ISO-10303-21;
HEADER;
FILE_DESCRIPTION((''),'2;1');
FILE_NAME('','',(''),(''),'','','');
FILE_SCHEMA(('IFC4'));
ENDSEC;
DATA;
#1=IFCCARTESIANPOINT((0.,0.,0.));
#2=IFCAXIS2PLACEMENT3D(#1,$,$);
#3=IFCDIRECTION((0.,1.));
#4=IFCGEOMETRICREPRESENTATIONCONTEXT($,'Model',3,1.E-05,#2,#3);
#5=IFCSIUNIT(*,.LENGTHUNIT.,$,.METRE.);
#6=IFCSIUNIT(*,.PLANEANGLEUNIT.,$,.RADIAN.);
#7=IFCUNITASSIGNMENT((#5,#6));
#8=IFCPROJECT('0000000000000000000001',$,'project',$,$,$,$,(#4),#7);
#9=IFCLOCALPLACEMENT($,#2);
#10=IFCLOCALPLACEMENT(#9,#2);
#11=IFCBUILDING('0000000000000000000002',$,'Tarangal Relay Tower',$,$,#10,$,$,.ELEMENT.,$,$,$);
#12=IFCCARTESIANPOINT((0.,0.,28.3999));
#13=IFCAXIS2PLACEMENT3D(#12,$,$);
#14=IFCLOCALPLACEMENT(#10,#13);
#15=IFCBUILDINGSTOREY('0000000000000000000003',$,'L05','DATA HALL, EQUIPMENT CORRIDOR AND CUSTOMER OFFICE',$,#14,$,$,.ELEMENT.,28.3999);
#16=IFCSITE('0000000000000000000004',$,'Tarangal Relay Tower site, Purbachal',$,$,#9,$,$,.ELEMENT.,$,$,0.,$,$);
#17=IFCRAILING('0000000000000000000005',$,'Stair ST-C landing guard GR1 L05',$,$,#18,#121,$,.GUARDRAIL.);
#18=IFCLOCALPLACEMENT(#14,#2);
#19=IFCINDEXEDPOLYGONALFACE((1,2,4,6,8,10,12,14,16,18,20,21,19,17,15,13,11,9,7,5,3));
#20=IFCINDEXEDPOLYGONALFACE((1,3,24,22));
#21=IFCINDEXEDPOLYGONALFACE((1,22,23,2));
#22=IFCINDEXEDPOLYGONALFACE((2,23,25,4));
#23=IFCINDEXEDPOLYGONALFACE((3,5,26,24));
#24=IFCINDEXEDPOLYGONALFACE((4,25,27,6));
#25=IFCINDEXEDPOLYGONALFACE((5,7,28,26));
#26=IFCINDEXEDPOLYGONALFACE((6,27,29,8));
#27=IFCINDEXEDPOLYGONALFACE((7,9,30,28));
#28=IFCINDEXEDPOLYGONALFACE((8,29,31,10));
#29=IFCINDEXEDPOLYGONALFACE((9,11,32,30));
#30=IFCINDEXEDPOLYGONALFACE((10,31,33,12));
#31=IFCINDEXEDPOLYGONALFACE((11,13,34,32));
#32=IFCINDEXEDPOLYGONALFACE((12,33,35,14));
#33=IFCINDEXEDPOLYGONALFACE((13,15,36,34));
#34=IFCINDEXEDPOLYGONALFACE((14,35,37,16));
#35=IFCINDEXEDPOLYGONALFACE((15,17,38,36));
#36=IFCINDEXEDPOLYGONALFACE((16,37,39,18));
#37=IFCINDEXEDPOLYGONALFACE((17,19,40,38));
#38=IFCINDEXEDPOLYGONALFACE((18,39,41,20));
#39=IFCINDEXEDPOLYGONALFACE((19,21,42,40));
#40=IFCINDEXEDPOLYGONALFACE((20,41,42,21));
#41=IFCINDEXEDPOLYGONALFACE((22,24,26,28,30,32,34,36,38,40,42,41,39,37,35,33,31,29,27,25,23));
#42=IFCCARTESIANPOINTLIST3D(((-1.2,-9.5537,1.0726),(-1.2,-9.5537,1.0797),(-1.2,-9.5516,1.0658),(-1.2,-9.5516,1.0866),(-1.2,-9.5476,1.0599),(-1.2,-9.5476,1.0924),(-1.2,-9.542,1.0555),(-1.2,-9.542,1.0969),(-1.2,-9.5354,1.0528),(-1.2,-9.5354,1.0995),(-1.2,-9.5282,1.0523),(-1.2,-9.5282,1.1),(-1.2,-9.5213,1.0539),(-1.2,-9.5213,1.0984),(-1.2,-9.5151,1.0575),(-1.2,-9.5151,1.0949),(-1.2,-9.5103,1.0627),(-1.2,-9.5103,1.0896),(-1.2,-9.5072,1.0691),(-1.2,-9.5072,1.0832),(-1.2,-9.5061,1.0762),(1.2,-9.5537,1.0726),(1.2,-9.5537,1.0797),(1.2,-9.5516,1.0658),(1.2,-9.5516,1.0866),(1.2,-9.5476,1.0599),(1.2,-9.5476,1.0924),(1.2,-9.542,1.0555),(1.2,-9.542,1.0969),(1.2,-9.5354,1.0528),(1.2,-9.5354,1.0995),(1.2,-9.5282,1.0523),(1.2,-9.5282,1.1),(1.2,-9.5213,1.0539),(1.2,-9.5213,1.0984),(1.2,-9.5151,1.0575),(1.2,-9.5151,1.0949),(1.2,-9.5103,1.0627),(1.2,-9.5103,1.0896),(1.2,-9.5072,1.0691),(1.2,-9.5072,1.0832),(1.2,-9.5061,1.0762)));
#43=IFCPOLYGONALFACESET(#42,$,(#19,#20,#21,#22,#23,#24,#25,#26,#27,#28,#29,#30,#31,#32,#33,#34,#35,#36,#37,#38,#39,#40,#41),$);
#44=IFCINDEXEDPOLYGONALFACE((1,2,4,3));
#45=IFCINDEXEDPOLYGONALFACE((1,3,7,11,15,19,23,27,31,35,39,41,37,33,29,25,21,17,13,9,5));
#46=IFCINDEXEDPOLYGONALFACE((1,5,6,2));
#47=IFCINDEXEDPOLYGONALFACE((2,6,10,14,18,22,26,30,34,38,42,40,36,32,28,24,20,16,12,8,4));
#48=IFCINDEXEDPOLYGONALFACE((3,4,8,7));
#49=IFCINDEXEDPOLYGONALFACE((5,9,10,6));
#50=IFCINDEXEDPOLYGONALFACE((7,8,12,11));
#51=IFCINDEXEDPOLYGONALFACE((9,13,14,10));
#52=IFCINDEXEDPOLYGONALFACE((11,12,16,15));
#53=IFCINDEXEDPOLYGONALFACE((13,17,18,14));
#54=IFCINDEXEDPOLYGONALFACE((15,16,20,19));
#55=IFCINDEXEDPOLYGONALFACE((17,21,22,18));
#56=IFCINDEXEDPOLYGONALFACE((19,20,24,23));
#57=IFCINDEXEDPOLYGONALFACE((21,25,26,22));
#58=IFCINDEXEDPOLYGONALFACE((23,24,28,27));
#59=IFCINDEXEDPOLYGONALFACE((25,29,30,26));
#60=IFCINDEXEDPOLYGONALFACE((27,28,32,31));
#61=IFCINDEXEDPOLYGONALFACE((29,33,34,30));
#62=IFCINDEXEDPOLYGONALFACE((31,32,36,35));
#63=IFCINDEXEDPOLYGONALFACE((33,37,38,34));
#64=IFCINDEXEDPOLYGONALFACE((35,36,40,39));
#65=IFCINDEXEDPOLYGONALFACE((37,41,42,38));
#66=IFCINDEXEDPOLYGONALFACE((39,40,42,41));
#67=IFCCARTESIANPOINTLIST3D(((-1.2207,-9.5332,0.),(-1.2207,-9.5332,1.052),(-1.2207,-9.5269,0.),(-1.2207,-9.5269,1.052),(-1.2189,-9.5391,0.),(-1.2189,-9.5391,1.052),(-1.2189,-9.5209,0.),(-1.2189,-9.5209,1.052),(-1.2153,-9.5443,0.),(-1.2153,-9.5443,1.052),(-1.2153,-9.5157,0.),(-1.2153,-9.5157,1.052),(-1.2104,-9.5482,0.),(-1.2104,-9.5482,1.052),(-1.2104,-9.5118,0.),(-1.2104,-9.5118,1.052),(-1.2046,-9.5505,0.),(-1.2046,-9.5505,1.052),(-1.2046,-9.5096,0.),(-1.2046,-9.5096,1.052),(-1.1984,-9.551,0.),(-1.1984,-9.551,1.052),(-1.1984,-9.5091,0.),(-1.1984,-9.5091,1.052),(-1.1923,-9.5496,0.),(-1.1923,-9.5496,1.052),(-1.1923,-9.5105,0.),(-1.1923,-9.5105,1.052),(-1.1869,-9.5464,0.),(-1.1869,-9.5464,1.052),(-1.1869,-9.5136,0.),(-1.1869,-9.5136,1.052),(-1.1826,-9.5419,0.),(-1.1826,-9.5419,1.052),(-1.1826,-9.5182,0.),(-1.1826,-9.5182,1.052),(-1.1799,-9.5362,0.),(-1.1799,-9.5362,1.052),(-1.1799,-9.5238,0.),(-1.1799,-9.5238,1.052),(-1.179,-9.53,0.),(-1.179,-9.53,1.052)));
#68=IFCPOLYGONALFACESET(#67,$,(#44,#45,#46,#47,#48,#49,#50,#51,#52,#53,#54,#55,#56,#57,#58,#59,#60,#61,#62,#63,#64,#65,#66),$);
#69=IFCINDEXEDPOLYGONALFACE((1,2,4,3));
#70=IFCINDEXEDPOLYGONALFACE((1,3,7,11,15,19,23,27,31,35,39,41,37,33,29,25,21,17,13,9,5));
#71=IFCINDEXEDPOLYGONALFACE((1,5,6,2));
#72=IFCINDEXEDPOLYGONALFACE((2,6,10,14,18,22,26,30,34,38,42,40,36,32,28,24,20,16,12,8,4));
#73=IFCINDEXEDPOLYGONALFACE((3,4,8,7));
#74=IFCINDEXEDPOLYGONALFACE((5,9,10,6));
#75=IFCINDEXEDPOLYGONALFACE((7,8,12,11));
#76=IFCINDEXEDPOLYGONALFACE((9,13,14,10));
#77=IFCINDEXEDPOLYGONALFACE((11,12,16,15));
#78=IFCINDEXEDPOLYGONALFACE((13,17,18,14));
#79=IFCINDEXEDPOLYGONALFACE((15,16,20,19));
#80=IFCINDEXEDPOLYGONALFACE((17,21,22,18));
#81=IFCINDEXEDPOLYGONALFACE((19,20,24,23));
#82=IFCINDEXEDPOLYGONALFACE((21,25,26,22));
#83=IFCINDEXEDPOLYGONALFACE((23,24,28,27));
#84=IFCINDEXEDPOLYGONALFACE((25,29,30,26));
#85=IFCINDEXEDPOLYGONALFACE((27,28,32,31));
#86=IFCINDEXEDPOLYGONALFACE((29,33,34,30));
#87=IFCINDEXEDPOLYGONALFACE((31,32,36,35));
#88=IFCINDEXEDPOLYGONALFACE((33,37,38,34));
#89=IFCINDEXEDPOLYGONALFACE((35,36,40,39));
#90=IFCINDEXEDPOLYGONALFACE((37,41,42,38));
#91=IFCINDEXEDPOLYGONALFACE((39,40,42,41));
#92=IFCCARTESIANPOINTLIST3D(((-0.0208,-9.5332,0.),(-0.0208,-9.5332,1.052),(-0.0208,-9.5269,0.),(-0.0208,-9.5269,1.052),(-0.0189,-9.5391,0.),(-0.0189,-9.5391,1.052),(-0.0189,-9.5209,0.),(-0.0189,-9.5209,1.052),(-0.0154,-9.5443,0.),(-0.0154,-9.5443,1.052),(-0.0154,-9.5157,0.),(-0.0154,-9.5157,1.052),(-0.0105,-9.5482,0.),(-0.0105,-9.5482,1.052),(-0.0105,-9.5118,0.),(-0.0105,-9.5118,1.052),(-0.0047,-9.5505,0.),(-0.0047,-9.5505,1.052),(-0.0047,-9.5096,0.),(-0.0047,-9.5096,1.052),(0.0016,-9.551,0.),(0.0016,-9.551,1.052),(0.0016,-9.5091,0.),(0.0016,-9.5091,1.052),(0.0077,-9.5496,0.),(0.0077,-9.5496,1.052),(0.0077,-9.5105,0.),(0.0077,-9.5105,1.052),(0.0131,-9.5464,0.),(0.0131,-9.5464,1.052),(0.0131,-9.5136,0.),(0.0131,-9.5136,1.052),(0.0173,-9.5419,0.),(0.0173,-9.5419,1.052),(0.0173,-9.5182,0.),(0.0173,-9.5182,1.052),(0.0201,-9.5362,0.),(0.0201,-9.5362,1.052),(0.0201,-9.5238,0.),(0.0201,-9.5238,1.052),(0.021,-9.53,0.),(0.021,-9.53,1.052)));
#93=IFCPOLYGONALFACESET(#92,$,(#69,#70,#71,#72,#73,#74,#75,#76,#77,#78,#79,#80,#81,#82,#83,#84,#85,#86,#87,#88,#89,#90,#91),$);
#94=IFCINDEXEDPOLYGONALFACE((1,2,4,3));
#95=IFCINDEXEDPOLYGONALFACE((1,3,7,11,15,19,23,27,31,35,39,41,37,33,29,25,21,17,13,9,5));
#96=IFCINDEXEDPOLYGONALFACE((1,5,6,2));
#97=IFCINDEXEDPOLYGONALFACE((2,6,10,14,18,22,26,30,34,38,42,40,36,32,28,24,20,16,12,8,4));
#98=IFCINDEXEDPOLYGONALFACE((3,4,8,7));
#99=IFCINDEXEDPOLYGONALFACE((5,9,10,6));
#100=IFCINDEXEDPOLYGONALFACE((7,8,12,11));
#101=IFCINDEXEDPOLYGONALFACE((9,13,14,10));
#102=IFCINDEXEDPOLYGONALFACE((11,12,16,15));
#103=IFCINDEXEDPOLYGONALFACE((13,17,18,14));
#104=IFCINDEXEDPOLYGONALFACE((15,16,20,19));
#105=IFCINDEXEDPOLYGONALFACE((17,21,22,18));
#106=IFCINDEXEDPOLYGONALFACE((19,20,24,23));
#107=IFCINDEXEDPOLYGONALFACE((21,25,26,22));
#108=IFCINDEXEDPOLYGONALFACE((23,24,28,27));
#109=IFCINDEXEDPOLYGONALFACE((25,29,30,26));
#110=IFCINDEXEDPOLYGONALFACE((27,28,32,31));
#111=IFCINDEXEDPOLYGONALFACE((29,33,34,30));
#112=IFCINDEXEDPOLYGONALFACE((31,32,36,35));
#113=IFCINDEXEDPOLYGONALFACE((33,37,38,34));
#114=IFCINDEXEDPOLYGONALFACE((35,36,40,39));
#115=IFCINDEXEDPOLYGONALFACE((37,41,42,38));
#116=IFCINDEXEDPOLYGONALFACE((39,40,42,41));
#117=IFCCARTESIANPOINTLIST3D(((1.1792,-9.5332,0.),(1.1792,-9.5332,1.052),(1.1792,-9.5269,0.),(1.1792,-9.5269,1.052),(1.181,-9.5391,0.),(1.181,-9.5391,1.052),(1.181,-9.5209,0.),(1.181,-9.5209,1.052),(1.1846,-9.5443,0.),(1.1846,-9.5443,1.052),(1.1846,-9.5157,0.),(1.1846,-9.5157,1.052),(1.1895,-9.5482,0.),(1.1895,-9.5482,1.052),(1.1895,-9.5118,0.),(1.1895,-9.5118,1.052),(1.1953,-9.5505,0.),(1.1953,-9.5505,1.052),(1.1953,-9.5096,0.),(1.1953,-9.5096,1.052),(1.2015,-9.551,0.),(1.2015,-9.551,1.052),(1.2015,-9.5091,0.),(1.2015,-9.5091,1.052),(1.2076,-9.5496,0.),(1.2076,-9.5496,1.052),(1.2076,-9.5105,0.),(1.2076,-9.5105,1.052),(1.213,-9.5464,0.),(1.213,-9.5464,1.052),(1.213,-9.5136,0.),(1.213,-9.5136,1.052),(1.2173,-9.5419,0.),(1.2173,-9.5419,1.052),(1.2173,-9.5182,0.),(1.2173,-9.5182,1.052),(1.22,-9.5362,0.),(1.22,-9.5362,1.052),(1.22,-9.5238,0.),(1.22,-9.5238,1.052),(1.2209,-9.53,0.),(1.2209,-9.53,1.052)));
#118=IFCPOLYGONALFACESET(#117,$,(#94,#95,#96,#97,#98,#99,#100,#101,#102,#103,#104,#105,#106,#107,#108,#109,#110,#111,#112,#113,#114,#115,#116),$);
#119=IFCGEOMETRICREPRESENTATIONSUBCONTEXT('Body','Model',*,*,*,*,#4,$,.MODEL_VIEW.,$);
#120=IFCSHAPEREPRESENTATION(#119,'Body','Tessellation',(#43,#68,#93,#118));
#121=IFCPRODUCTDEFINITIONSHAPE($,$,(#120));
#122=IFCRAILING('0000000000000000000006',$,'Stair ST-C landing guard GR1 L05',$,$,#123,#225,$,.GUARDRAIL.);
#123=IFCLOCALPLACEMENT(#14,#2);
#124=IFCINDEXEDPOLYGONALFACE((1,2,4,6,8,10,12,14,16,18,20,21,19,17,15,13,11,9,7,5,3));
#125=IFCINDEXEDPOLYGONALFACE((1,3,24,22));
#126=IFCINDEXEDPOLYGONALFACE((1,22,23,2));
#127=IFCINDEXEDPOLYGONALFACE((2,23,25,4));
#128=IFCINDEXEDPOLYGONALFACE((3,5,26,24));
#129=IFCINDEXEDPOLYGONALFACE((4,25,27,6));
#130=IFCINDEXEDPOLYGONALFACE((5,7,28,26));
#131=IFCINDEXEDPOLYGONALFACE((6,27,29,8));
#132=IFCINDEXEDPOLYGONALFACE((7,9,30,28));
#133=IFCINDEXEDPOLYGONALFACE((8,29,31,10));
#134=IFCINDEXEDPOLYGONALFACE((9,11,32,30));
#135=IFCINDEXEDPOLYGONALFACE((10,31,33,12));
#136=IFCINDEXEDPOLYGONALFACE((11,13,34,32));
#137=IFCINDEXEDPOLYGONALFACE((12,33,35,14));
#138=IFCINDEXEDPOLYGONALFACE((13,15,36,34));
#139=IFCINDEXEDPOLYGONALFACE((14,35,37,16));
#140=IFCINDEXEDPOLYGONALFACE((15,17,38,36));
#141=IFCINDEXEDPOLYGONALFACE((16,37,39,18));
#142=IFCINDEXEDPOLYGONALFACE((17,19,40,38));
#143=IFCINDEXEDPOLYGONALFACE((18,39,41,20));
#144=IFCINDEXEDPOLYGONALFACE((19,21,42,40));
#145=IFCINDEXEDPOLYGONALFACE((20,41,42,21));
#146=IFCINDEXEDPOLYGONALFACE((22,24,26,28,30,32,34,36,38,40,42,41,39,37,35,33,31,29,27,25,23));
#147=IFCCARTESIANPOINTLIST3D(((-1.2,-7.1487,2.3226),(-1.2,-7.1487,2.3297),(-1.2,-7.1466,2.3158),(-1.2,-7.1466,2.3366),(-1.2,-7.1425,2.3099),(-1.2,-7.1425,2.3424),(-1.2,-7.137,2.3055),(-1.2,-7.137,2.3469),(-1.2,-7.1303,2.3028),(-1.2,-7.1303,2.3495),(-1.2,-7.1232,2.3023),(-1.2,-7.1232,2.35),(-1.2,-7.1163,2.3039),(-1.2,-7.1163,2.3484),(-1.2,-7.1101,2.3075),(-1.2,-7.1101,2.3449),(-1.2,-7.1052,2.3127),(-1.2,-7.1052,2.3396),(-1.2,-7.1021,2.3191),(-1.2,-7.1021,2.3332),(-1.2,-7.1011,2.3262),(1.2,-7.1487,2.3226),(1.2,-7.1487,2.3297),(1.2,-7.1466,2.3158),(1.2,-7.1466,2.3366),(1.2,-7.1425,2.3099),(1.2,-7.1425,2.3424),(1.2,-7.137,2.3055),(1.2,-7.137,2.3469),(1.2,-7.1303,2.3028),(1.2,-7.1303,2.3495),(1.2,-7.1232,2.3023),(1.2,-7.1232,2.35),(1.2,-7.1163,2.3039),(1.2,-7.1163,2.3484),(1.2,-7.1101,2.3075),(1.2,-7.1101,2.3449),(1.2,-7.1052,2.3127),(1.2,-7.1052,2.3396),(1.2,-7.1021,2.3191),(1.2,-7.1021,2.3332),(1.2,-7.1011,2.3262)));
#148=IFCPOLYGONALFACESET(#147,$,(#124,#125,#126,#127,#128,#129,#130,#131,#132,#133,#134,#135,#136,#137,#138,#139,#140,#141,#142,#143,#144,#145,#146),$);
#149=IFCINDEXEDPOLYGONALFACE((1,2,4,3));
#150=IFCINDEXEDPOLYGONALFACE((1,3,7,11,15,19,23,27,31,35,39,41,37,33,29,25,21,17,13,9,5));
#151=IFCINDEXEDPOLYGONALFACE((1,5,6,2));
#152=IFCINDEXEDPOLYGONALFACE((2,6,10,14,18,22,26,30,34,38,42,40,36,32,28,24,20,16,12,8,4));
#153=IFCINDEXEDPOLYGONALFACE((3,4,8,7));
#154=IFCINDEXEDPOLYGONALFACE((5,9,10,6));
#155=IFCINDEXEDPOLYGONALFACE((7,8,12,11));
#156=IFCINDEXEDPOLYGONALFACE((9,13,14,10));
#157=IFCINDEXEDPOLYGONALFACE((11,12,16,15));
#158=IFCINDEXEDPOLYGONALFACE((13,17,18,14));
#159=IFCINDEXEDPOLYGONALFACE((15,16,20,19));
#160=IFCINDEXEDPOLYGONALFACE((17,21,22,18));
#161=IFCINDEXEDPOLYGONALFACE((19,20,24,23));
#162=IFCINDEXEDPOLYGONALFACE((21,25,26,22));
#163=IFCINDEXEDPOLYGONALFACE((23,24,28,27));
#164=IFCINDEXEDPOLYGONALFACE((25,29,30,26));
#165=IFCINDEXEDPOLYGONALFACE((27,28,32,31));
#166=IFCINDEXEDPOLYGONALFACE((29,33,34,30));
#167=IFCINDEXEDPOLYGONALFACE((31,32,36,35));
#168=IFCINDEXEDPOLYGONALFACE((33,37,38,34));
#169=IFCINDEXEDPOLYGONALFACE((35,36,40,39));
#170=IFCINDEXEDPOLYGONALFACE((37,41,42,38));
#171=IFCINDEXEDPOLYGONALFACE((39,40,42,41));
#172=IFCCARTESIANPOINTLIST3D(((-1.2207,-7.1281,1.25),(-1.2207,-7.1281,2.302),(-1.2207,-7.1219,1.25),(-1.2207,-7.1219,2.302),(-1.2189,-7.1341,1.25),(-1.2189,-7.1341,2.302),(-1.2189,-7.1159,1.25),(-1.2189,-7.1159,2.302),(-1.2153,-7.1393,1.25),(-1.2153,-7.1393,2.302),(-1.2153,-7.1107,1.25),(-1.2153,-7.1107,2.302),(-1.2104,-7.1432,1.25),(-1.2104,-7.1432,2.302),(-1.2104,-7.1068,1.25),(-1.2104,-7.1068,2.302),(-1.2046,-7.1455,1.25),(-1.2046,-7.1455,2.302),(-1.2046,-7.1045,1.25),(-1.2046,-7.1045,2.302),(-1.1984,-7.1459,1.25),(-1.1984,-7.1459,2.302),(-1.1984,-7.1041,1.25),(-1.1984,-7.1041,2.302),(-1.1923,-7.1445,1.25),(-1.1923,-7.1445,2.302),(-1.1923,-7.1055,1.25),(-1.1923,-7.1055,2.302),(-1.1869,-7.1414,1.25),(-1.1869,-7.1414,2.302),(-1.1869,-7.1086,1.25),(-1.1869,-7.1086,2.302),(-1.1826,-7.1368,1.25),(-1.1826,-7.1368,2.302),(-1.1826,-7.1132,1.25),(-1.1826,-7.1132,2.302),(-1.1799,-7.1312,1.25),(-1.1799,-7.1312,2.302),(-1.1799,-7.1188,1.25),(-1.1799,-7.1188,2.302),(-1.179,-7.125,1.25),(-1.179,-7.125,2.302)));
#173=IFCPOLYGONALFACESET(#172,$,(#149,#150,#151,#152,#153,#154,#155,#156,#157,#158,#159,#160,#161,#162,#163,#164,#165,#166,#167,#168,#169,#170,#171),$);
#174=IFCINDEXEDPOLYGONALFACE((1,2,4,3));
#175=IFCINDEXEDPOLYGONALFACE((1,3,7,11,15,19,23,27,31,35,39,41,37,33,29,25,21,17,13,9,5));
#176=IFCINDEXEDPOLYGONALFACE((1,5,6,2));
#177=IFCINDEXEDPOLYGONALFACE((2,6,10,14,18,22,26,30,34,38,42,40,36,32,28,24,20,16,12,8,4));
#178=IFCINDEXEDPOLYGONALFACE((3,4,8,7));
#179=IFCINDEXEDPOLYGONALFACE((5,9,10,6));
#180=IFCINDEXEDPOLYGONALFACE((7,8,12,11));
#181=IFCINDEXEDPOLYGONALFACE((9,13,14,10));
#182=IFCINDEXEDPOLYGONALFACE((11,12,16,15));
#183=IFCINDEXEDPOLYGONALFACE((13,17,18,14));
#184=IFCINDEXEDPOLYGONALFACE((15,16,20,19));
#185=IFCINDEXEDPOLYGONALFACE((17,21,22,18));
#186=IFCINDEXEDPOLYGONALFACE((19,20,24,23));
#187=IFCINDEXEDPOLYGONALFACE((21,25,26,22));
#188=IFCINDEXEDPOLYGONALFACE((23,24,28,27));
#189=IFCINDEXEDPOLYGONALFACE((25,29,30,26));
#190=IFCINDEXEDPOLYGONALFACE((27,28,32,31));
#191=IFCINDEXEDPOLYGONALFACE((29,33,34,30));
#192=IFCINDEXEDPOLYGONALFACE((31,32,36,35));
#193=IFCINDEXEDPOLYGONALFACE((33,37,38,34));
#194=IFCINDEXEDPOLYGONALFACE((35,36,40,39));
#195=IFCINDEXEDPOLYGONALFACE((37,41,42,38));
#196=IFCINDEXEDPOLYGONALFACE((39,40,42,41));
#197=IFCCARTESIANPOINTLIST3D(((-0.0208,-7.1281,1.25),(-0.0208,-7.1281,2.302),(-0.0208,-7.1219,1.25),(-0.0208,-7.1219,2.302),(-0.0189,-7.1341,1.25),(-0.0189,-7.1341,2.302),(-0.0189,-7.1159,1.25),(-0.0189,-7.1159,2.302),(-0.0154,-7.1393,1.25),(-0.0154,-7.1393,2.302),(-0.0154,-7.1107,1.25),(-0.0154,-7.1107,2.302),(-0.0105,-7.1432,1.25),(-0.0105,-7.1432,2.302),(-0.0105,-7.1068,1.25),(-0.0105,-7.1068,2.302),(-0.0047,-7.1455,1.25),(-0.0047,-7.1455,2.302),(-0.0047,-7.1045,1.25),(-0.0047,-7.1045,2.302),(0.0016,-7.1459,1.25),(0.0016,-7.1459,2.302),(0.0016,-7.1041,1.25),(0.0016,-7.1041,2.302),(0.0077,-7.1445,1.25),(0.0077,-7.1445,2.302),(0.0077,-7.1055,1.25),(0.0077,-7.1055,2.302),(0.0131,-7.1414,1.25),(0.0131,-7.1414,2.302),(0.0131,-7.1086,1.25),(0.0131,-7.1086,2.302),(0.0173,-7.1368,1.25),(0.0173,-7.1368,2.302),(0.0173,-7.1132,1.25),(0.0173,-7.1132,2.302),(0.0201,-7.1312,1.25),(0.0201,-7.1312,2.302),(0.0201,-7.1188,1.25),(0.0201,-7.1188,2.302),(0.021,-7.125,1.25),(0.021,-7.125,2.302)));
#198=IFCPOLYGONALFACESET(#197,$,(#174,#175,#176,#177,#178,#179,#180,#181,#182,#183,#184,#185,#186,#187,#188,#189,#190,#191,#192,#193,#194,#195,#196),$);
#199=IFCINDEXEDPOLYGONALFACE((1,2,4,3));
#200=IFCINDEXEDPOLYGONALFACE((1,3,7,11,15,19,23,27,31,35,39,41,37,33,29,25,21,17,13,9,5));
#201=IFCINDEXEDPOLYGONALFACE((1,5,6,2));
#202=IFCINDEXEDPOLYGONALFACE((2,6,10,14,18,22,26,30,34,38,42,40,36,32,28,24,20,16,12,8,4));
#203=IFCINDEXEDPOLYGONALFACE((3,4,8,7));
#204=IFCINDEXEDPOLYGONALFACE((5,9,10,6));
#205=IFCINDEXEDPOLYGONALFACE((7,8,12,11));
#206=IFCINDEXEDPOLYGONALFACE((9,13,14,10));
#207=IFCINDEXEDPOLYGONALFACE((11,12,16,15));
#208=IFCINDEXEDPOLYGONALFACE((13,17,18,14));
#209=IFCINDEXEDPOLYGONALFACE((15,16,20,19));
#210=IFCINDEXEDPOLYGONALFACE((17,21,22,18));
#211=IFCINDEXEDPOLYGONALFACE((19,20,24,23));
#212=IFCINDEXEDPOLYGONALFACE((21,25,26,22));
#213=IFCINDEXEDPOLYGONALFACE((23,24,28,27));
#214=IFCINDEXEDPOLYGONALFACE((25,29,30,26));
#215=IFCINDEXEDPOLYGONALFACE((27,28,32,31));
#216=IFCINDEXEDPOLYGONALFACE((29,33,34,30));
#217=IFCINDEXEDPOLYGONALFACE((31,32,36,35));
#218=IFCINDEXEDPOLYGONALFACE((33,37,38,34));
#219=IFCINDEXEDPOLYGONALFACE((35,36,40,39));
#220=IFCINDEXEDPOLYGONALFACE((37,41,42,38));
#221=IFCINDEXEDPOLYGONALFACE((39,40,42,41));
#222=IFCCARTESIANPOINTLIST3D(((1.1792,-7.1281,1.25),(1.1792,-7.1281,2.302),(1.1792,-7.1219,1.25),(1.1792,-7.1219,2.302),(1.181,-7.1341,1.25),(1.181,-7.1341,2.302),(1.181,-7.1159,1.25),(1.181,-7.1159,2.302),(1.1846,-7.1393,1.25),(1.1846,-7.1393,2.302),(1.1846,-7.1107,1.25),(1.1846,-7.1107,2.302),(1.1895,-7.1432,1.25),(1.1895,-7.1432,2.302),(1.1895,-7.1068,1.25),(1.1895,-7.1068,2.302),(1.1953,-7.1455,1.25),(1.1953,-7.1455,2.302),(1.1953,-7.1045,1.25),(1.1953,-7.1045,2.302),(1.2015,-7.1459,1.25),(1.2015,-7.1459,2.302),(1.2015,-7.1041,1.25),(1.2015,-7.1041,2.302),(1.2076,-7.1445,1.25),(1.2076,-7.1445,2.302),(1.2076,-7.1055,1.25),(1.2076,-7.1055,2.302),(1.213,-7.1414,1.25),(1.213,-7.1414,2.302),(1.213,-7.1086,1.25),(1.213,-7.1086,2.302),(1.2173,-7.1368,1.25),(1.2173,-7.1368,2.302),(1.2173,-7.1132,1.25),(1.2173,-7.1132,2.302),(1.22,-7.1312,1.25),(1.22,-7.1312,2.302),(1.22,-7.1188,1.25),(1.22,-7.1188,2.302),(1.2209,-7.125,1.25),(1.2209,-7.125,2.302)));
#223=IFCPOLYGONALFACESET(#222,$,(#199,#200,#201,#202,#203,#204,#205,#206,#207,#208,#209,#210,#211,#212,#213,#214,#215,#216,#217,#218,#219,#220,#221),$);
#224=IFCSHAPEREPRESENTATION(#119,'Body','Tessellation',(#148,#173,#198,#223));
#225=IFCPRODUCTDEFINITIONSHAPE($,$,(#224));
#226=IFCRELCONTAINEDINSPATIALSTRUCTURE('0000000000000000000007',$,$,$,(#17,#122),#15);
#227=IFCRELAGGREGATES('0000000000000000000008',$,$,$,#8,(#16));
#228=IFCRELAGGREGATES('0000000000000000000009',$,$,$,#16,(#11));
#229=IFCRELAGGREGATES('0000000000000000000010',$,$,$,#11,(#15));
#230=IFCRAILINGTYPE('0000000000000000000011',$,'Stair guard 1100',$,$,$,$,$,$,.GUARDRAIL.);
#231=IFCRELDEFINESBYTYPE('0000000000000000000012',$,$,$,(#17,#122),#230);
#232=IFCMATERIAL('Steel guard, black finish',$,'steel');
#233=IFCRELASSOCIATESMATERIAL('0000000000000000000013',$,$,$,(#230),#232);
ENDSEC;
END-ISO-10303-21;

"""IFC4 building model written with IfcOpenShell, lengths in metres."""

from ifc_helpers import new_model, si_unit, direction, frame, origin, origin_2d, place, context, subcontext, project, spatial, circle, extrude, material, type_object, element, save


model = new_model("IFC4")

# Units and contexts
model_context = context("Model", 3, precision=1e-05, world=origin(), true_north=direction((0.0, 1.0)))
body_context = subcontext(model_context, "Body", "Model", "MODEL_VIEW")
ifc_project = project(units=[si_unit("LENGTHUNIT", "METRE"), si_unit("PLANEANGLEUNIT", "RADIAN")], contexts=[model_context])

# Site, building, storey
site_placement = place(None, origin())
site = spatial("IfcSite", under=ifc_project, at=site_placement, Name="Tarangal Relay Tower site, Purbachal", CompositionType="ELEMENT", RefElevation=0.0)
building_placement = place(site_placement, origin())
building = spatial("IfcBuilding", under=site, at=building_placement, Name="Tarangal Relay Tower", CompositionType="ELEMENT")
storey_placement = place(building_placement, frame((0.0, 0.0, 28.3999)))
storey = spatial("IfcBuildingStorey", under=building, at=storey_placement, Name="L05", Description="DATA HALL, EQUIPMENT CORRIDOR AND CUSTOMER OFFICE", CompositionType="ELEMENT", Elevation=28.3999)

# Railings
ifc_material_1 = material(Name="Steel guard, black finish", Category="steel")
railing_type_1 = type_object("IfcRailingType", Name="Stair guard 1100", PredefinedType="GUARDRAIL", material=ifc_material_1)
for number, where, name in (
    (1, (-1.2, -9.53, 0.0), "Stair ST-C landing guard GR1 L05"),
    (2, (-1.2, -7.125, 1.25), "Stair ST-C landing guard GR1 L05"),
):
    element("IfcRailing", number, at=place(storey_placement, frame(where)), inside=storey, type_object=railing_type_1, Name=name, PredefinedType="GUARDRAIL", context=body_context, shape_type="SweptSolid", body=[
        extrude(circle(Radius=0.0239, at=origin_2d()), frame((0.0, 0.0, 1.0762), z_axis=(1.0, 0.0, 0.0), x_axis=(0.0, 1.0, 0.0)), (0.0, 0.0, 1.0), 2.3999),
        extrude(circle(Radius=0.021, at=origin_2d()), origin(), (0.0, 0.0, 1.0), 1.052),
        extrude(circle(Radius=0.021, at=origin_2d()), frame((1.2, 0.0, 0.0)), (0.0, 0.0, 1.0), 1.052),
        extrude(circle(Radius=0.021, at=origin_2d()), frame((2.3999, 0.0, 0.0)), (0.0, 0.0, 1.0), 1.052),
    ])

save(model, "model.ifc")
